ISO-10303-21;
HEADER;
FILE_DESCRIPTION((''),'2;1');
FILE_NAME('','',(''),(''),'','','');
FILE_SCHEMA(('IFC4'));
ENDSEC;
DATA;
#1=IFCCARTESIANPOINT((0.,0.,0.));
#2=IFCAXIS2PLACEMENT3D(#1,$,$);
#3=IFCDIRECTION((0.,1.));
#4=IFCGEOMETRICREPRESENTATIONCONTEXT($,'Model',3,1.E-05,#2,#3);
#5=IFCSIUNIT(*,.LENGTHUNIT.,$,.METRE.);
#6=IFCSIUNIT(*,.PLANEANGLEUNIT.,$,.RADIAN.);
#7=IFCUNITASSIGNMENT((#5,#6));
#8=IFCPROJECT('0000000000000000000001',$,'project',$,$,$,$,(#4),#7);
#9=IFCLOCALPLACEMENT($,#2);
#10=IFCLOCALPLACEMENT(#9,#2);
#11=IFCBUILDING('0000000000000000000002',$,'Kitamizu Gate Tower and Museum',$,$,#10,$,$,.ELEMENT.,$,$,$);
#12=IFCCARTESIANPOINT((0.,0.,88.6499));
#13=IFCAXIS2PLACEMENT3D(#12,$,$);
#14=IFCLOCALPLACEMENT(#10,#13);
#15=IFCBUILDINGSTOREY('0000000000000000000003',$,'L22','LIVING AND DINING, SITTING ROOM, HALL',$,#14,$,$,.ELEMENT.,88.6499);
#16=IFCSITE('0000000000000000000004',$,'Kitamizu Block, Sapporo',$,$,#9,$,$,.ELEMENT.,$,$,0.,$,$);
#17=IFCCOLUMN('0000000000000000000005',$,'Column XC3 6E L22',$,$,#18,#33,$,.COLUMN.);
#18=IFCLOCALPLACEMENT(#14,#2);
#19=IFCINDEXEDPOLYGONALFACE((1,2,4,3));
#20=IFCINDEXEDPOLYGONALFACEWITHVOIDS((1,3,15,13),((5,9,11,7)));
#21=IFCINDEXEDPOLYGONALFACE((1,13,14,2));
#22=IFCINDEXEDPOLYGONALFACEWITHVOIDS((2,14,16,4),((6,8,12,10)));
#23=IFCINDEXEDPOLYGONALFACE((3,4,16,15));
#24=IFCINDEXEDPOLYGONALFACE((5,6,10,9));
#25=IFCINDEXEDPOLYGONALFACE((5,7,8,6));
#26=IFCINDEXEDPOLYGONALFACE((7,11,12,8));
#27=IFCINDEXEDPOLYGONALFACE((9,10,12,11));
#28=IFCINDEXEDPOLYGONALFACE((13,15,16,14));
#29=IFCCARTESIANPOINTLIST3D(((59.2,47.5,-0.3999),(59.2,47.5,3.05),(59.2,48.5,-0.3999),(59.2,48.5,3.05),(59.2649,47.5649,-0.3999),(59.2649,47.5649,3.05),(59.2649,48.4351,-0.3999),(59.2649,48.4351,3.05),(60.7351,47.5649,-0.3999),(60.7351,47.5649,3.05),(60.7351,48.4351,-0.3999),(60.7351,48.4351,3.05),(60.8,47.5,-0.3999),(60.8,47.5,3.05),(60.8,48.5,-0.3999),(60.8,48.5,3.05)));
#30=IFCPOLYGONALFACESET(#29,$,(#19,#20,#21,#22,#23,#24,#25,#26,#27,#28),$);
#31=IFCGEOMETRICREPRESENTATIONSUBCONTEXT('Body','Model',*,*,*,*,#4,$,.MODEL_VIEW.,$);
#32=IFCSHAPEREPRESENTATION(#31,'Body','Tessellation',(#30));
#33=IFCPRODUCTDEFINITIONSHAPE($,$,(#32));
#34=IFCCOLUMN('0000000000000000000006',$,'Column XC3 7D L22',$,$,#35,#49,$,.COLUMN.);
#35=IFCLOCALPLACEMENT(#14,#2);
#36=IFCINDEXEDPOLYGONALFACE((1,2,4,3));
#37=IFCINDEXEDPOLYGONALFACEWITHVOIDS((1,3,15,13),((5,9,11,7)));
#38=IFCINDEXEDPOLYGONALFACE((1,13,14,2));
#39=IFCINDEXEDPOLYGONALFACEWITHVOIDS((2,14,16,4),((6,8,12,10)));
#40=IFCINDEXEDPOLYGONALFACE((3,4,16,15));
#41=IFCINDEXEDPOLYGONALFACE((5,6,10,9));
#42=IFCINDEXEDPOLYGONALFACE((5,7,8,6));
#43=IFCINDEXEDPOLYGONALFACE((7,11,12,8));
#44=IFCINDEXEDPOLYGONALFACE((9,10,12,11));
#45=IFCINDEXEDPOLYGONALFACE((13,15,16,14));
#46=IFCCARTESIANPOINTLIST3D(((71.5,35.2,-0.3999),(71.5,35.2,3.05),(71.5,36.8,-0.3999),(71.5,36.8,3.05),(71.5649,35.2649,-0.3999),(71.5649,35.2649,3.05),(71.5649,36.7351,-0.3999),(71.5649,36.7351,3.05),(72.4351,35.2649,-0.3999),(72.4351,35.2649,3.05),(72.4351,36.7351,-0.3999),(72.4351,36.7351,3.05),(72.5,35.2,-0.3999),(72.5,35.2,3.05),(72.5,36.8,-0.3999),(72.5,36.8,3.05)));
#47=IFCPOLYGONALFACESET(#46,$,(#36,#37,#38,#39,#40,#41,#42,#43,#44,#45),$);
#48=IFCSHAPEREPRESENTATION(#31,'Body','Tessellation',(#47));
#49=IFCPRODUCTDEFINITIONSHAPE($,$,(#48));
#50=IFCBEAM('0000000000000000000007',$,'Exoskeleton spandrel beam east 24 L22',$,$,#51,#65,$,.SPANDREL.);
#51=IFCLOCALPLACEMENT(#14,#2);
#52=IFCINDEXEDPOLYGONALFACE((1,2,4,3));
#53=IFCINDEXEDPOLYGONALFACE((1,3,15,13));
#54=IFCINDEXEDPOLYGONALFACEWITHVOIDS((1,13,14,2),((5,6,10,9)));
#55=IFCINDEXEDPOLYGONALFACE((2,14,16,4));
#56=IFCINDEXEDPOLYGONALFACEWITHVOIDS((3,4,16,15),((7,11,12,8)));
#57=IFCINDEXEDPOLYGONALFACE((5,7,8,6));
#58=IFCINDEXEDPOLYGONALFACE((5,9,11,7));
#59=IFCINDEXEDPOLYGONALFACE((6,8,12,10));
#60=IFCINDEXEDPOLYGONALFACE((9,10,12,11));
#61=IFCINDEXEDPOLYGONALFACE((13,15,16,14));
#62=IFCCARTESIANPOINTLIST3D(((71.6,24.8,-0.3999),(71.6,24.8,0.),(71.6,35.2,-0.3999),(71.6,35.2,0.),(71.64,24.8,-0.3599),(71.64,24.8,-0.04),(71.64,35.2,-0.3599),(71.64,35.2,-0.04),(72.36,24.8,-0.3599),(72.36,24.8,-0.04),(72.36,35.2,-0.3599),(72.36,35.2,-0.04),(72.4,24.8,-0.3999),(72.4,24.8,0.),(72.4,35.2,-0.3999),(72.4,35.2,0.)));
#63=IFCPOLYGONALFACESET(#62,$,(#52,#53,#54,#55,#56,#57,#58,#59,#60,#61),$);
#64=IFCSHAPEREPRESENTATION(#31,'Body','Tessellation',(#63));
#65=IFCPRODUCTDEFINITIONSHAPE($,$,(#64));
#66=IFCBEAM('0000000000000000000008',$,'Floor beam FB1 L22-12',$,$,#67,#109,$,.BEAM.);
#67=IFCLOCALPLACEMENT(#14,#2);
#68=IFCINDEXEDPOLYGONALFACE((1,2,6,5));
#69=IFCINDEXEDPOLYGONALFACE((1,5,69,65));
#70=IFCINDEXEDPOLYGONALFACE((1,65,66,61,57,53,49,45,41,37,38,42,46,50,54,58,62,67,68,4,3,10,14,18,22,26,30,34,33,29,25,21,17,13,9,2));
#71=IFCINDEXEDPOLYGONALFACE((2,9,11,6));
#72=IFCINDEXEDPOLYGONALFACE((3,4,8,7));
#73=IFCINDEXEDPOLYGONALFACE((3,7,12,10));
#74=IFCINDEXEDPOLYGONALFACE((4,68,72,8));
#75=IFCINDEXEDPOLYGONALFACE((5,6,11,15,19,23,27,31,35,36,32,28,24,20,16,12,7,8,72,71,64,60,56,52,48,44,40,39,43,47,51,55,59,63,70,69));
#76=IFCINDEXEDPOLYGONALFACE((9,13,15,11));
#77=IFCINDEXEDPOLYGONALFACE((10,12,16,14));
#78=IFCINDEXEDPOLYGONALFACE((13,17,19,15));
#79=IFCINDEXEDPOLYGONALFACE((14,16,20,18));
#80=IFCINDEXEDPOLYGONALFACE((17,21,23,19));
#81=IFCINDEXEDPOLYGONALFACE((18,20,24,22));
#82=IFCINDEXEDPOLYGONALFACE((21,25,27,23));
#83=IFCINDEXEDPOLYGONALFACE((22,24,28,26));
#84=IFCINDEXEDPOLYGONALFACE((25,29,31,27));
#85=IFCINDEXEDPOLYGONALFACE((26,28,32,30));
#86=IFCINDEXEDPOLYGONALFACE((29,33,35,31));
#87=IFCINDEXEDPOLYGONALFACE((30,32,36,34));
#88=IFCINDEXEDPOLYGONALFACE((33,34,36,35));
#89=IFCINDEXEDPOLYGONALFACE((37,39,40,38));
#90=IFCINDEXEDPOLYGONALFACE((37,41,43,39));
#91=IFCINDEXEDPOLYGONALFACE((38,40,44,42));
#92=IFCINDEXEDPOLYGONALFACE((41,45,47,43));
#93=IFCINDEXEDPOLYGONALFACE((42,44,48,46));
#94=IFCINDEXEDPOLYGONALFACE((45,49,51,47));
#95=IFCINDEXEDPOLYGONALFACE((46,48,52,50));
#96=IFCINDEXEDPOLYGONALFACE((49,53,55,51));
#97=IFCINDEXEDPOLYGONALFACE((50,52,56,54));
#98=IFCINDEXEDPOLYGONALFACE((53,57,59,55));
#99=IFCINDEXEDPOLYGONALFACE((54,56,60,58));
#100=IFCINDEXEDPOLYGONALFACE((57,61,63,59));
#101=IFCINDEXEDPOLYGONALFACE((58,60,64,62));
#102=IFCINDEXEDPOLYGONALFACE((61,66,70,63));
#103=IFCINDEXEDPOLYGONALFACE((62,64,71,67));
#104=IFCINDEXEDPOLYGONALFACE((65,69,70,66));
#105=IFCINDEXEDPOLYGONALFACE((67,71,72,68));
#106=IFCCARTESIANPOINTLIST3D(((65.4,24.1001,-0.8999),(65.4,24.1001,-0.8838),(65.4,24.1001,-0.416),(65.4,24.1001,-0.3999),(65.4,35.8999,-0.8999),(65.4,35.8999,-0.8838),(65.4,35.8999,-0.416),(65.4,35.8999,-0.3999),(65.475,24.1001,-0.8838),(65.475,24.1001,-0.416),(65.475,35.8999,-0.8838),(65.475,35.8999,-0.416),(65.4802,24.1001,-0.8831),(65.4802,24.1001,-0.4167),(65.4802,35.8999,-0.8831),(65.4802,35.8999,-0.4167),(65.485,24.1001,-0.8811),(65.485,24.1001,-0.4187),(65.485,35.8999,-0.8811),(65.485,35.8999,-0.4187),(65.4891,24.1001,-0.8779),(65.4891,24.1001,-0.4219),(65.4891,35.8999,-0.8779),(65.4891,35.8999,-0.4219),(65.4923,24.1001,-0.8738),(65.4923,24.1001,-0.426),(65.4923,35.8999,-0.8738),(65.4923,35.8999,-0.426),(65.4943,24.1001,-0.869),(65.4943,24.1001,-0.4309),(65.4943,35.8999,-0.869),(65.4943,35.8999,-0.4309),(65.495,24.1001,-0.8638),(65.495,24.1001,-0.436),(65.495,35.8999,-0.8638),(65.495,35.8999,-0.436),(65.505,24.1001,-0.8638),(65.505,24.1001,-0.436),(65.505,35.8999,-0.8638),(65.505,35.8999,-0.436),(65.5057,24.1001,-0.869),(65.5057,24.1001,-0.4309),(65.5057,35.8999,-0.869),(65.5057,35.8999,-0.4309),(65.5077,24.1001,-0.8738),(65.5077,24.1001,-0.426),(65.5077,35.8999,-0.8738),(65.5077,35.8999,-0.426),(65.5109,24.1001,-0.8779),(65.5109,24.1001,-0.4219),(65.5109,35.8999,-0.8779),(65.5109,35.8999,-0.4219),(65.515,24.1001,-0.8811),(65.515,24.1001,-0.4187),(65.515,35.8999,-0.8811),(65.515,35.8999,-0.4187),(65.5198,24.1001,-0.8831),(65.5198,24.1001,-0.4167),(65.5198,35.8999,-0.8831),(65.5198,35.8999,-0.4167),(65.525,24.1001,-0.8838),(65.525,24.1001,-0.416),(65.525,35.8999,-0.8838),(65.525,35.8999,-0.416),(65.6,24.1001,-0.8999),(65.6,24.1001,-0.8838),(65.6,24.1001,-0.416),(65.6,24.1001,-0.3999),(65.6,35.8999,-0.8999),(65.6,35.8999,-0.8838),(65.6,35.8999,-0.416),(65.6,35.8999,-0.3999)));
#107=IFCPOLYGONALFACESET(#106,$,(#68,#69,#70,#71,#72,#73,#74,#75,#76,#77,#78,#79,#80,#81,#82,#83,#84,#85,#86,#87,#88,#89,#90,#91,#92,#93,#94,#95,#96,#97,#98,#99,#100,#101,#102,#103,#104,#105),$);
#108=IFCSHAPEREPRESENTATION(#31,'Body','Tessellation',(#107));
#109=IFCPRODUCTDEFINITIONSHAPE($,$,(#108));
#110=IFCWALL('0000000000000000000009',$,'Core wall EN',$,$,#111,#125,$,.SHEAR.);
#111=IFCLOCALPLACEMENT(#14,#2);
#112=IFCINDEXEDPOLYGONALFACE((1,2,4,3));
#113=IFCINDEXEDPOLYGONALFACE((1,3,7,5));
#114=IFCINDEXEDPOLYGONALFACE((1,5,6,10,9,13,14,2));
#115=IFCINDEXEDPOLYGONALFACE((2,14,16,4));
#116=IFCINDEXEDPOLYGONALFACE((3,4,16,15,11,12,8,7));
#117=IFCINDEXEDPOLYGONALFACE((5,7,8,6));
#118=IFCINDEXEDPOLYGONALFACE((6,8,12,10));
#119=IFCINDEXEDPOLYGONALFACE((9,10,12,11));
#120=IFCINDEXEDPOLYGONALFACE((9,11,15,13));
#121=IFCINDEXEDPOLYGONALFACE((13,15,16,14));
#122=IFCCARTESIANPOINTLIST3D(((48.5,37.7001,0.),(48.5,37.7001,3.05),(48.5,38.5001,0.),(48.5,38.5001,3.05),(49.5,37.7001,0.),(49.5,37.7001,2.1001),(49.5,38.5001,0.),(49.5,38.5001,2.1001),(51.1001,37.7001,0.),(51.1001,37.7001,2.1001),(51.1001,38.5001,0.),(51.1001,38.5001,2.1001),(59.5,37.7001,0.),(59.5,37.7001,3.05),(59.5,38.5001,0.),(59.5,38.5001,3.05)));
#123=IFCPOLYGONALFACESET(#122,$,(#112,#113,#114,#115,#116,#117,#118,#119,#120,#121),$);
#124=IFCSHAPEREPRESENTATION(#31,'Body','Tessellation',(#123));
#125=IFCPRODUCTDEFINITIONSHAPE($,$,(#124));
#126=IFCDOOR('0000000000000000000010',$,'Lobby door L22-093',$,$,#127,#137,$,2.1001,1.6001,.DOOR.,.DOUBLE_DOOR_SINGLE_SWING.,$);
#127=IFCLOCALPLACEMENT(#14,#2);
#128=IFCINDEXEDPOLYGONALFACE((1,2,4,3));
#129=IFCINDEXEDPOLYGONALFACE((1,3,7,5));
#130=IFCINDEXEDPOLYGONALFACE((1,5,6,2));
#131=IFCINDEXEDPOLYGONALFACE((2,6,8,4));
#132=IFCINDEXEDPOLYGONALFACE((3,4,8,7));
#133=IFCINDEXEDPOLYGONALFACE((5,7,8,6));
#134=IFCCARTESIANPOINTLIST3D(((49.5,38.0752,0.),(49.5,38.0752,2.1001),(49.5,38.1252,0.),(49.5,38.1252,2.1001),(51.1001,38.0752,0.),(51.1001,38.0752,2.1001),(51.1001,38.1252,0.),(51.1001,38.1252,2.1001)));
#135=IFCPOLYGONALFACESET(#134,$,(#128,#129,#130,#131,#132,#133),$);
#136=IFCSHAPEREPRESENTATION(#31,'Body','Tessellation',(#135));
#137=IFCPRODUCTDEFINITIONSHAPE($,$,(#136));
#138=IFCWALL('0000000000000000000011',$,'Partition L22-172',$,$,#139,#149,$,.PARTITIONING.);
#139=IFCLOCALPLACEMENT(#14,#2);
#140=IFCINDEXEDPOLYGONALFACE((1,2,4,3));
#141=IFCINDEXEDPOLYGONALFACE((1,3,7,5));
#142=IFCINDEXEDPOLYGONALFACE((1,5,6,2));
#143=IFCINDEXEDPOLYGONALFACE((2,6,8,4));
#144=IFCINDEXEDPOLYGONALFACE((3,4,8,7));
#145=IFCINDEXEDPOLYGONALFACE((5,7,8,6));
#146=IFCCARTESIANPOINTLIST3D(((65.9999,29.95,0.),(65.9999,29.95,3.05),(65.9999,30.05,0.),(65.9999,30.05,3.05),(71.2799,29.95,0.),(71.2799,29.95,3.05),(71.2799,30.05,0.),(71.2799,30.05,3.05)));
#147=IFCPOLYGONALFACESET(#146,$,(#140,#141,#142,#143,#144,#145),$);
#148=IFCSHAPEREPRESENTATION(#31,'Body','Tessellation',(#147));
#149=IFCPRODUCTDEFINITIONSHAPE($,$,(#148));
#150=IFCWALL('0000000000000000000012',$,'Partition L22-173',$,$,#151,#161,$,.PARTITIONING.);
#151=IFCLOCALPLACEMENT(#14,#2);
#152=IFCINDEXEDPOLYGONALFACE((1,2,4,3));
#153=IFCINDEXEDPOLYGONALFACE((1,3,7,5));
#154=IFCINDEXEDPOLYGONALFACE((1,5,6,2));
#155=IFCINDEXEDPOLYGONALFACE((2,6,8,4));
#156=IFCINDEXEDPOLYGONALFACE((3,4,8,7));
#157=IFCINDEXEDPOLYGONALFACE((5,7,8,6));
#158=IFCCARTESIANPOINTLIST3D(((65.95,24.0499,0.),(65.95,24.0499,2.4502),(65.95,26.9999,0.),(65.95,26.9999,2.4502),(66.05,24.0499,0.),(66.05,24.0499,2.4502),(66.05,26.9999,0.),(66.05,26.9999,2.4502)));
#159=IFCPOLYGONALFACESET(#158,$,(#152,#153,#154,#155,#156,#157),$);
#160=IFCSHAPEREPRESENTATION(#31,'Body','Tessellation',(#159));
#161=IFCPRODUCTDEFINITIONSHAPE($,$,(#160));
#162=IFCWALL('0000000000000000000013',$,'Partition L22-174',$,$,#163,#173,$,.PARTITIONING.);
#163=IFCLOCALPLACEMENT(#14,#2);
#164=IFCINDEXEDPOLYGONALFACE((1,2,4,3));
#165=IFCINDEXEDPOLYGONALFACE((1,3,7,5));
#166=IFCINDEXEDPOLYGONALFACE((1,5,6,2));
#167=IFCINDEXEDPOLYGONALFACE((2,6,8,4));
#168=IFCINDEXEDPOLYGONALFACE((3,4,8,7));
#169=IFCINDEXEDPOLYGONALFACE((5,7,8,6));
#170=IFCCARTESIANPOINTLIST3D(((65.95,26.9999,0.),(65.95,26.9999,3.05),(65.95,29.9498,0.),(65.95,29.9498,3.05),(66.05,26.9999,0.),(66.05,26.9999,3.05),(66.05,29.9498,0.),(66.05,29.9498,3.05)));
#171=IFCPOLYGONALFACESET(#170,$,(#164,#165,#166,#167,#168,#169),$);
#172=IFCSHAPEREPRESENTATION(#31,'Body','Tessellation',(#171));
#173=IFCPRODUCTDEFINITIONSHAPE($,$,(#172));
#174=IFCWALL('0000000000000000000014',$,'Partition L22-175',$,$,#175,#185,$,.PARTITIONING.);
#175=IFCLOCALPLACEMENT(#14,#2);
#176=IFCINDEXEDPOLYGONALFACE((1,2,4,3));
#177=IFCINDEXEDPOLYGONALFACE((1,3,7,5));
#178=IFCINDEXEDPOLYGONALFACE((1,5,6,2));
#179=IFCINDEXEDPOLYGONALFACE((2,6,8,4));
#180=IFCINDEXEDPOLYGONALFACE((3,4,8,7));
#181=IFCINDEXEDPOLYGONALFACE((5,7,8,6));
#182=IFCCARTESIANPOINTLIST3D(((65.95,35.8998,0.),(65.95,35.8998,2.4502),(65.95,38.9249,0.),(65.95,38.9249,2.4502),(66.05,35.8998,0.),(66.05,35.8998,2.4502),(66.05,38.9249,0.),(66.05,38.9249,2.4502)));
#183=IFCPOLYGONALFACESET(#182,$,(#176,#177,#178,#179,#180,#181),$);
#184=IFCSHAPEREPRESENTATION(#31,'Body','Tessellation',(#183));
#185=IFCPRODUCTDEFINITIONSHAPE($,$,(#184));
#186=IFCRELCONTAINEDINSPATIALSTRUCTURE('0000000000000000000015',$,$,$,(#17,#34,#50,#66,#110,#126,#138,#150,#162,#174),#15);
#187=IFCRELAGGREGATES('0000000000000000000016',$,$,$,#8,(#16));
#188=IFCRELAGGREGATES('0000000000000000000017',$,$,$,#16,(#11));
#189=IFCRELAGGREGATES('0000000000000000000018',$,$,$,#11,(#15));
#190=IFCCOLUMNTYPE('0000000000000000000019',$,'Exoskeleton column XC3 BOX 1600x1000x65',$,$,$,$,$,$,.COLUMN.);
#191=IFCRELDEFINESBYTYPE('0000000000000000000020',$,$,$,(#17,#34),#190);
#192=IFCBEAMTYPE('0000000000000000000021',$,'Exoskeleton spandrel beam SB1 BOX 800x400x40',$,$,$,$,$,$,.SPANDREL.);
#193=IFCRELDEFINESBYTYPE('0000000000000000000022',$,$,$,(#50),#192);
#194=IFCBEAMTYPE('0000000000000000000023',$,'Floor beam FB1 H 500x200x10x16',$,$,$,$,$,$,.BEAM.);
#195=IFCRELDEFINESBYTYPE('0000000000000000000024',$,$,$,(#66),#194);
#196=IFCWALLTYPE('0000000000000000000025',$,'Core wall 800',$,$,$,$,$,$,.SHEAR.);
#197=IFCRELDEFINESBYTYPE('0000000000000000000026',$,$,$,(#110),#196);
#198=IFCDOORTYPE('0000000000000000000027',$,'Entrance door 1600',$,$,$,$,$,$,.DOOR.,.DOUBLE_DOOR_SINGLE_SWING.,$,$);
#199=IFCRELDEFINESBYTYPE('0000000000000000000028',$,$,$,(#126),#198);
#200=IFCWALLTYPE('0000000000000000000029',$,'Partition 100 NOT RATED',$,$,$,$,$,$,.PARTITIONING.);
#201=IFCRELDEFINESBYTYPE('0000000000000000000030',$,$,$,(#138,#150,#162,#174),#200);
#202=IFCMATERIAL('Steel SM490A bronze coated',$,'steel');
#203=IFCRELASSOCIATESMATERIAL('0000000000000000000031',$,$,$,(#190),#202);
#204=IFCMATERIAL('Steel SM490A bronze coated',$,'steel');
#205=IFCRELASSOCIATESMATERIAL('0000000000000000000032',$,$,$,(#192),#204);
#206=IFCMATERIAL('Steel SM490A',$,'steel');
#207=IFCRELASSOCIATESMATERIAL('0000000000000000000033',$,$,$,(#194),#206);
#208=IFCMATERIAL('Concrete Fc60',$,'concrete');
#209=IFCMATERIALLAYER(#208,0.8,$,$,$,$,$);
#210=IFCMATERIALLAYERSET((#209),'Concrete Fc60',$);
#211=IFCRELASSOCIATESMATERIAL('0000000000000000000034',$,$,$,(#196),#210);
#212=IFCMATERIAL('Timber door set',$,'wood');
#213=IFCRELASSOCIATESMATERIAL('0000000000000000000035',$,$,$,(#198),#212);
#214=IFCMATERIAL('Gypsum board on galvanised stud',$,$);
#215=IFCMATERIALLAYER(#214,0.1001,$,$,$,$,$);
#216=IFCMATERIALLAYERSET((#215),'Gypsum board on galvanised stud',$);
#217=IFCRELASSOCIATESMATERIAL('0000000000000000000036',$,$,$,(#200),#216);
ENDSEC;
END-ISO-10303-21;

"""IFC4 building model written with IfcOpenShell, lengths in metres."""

from ifc_helpers import new_model, si_unit, direction, frame, frame_2d, origin, origin_2d, place, context, subcontext, project, spatial, rectangle, hollow_rectangle, i_section, extrude, material, layer, layer_set, material_profile, profile_set, type_object, element, fill, save


model = new_model("IFC4")

# Units and contexts
model_context = context("Model", 3, precision=1e-05, world=origin(), true_north=direction((0.0, 1.0)))
body_context = subcontext(model_context, "Body", "Model", "MODEL_VIEW")
ifc_project = project(units=[si_unit("LENGTHUNIT", "METRE"), si_unit("PLANEANGLEUNIT", "RADIAN")], contexts=[model_context])

# Site, building, storey
site_placement = place(None, origin())
site = spatial("IfcSite", under=ifc_project, at=site_placement, Name="Kitamizu Block, Sapporo", CompositionType="ELEMENT", RefElevation=0.0)
building_placement = place(site_placement, origin())
building = spatial("IfcBuilding", under=site, at=building_placement, Name="Kitamizu Gate Tower and Museum", CompositionType="ELEMENT")
storey_placement = place(building_placement, frame((0.0, 0.0, 88.6499)))
storey = spatial("IfcBuildingStorey", under=building, at=storey_placement, Name="L22", Description="LIVING AND DINING, SITTING ROOM, HALL", CompositionType="ELEMENT", Elevation=88.6499)

# Columns
ifc_material_1 = material(Name="Steel SM490A bronze coated", Category="steel")
ifc_material_profile_1 = material_profile(ifc_material_1, hollow_rectangle(XDim=1.6001, YDim=1.0, WallThickness=0.0649, at=origin_2d()), Name="BOX 1600x1000x65")
ifc_profile_set_1 = profile_set([ifc_material_profile_1], Name="Steel SM490A bronze coated")
column_type = type_object("IfcColumnType", Name="Exoskeleton column XC3 BOX 1600x1000x65", PredefinedType="COLUMN", material=ifc_profile_set_1)
for number, where, z_axis, x_axis, name in (
    (1, (60.0, 48.0, -0.3999), (0.0, 0.0, 1.0), (1.0, 0.0, 0.0), "Column XC3 6E L22"),
    (2, (72.0, 36.0, -0.3999), (0.0, 0.0, 1.0), (0.0, 1.0, 0.0), "Column XC3 7D L22"),
):
    element("IfcColumn", number, at=place(storey_placement, frame(where, z_axis=z_axis, x_axis=x_axis)), inside=storey, type_object=column_type, Name=name, PredefinedType="COLUMN", context=body_context, shape_type="SweptSolid", body=[
        extrude(hollow_rectangle(XDim=1.6001, YDim=1.0, WallThickness=0.0649, at=origin_2d()), origin(), (0.0, 0.0, 1.0), 3.45),
    ])

# Beams
ifc_material_2 = material(Name="Steel SM490A bronze coated", Category="steel")
ifc_material_profile_2 = material_profile(ifc_material_2, hollow_rectangle(XDim=0.8, YDim=0.3999, WallThickness=0.04, at=origin_2d()), Name="BOX 800x400x40")
ifc_profile_set_2 = profile_set([ifc_material_profile_2], Name="Steel SM490A bronze coated")
beam_type_1 = type_object("IfcBeamType", Name="Exoskeleton spandrel beam SB1 BOX 800x400x40", PredefinedType="SPANDREL", material=ifc_profile_set_2)
beam_1_placement = place(storey_placement, frame((72.0, 24.8, -0.2), z_axis=(0.0, 1.0, 0.0), x_axis=(-1.0, 0.0, 0.0)))
element("IfcBeam", 3, at=beam_1_placement, inside=storey, type_object=beam_type_1, Name="Exoskeleton spandrel beam east 24 L22", PredefinedType="SPANDREL", context=body_context, shape_type="SweptSolid", body=[
    extrude(hollow_rectangle(XDim=0.8, YDim=0.3999, WallThickness=0.04, at=origin_2d()), origin(), (0.0, 0.0, 1.0), 10.3999),
])
ifc_material_3 = material(Name="Steel SM490A", Category="steel")
ifc_material_profile_3 = material_profile(ifc_material_3, i_section(OverallWidth=0.2, OverallDepth=0.5, WebThickness=0.01, FlangeThickness=0.0161, FilletRadius=0.02, at=origin_2d()), Name="H-500x200x10x16")
ifc_profile_set_3 = profile_set([ifc_material_profile_3], Name="Steel SM490A")
beam_type_2 = type_object("IfcBeamType", Name="Floor beam FB1 H 500x200x10x16", PredefinedType="BEAM", material=ifc_profile_set_3)
beam_2_placement = place(storey_placement, frame((65.5, 24.1001, -0.6499), z_axis=(0.0, 1.0, 0.0), x_axis=(-1.0, 0.0, 0.0)))
element("IfcBeam", 4, at=beam_2_placement, inside=storey, type_object=beam_type_2, Name="Floor beam FB1 L22-12", PredefinedType="BEAM", context=body_context, shape_type="SweptSolid", body=[
    extrude(i_section(OverallWidth=0.2, OverallDepth=0.5, WebThickness=0.01, FlangeThickness=0.0161, FilletRadius=0.02, at=origin_2d()), origin(), (0.0, 0.0, 1.0), 11.7998),
])

# Wall, opening, door
ifc_material_4 = material(Name="Concrete Fc60", Category="concrete")
ifc_layer_1 = layer(ifc_material_4, 0.8)
ifc_layer_set_1 = layer_set([ifc_layer_1], Name="Concrete Fc60")
wall_type_1 = type_object("IfcWallType", Name="Core wall 800", PredefinedType="SHEAR", material=ifc_layer_set_1)
wall_1_placement = place(storey_placement, frame((59.5, 38.1001, 0.0), z_axis=(0.0, 0.0, 1.0), x_axis=(-1.0, 0.0, 0.0)))
wall_1 = element("IfcWall", 5, at=wall_1_placement, inside=storey, type_object=wall_type_1, Name="Core wall EN", PredefinedType="SHEAR", context=body_context, shape_type="SweptSolid", body=[
    extrude(rectangle(XDim=11.0, YDim=0.8, at=frame_2d((5.5, 0.0))), origin(), (0.0, 0.0, 1.0), 3.05),
])
opening_1_placement = place(wall_1_placement, frame((8.3999, 0.0, 0.0)))
opening_1 = element("IfcOpeningElement", 6, at=opening_1_placement, cuts=wall_1, PredefinedType="OPENING", context=body_context, shape_type="SweptSolid", body=[
    extrude(rectangle(XDim=1.6001, YDim=2.1001, at=frame_2d((0.8, 1.05))), frame((0.0, 0.4102, 0.0), z_axis=(0.0, -1.0, 0.0), x_axis=(1.0, 0.0, 0.0)), (0.0, 0.0, 1.0), 0.8201),
])
ifc_material_5 = material(Name="Timber door set", Category="wood")
door_type_1 = type_object("IfcDoorType", Name="Entrance door 1600", OperationType="DOUBLE_DOOR_SINGLE_SWING", PredefinedType="DOOR", material=ifc_material_5)
door_1_placement = place(opening_1_placement, origin())
door_1 = element("IfcDoor", 7, at=door_1_placement, inside=storey, type_object=door_type_1, Name="Lobby door L22-093", OperationType="DOUBLE_DOOR_SINGLE_SWING", OverallHeight=2.1001, OverallWidth=1.6001, PredefinedType="DOOR", context=body_context, shape_type="SweptSolid", body=[
    extrude(rectangle(XDim=1.6001, YDim=2.1001, at=frame_2d((0.8, 1.05))), frame((0.0, 0.0249, 0.0), z_axis=(0.0, -1.0, 0.0), x_axis=(1.0, 0.0, 0.0)), (0.0, 0.0, 1.0), 0.05),
])
fill(opening_1, door_1)

# Walls
ifc_material_6 = material(Name="Gypsum board on galvanised stud")
ifc_layer_2 = layer(ifc_material_6, 0.1001)
ifc_layer_set_2 = layer_set([ifc_layer_2], Name="Gypsum board on galvanised stud")
wall_type_2 = type_object("IfcWallType", Name="Partition 100 NOT RATED", PredefinedType="PARTITIONING", material=ifc_layer_set_2)
wall_2_placement = place(storey_placement, frame((71.28, 30.0, 0.0), z_axis=(0.0, 0.0, 1.0), x_axis=(-1.0, 0.0, 0.0)))
element("IfcWall", 8, at=wall_2_placement, inside=storey, type_object=wall_type_2, Name="Partition L22-172", PredefinedType="PARTITIONING", context=body_context, shape_type="SweptSolid", body=[
    extrude(rectangle(XDim=5.28, YDim=0.1001, at=frame_2d((2.6401, 0.0))), origin(), (0.0, 0.0, 1.0), 3.05),
])
wall_3_placement = place(storey_placement, frame((66.0, 27.0, 0.0), z_axis=(0.0, 0.0, 1.0), x_axis=(0.0, -1.0, 0.0)))
element("IfcWall", 9, at=wall_3_placement, inside=storey, type_object=wall_type_2, Name="Partition L22-173", PredefinedType="PARTITIONING", context=body_context, shape_type="SweptSolid", body=[
    extrude(rectangle(XDim=2.95, YDim=0.1001, at=frame_2d((1.4751, 0.0))), origin(), (0.0, 0.0, 1.0), 2.4502),
])
wall_4_placement = place(storey_placement, frame((66.0, 29.95, 0.0), z_axis=(0.0, 0.0, 1.0), x_axis=(0.0, -1.0, 0.0)))
element("IfcWall", 10, at=wall_4_placement, inside=storey, type_object=wall_type_2, Name="Partition L22-174", PredefinedType="PARTITIONING", context=body_context, shape_type="SweptSolid", body=[
    extrude(rectangle(XDim=2.95, YDim=0.1001, at=frame_2d((1.4751, 0.0))), origin(), (0.0, 0.0, 1.0), 3.05),
])
wall_5_placement = place(storey_placement, frame((66.0, 38.925, 0.0), z_axis=(0.0, 0.0, 1.0), x_axis=(0.0, -1.0, 0.0)))
element("IfcWall", 11, at=wall_5_placement, inside=storey, type_object=wall_type_2, Name="Partition L22-175", PredefinedType="PARTITIONING", context=body_context, shape_type="SweptSolid", body=[
    extrude(rectangle(XDim=3.0251, YDim=0.1001, at=frame_2d((1.5127, 0.0))), origin(), (0.0, 0.0, 1.0), 2.4502),
])

save(model, "model.ifc")
